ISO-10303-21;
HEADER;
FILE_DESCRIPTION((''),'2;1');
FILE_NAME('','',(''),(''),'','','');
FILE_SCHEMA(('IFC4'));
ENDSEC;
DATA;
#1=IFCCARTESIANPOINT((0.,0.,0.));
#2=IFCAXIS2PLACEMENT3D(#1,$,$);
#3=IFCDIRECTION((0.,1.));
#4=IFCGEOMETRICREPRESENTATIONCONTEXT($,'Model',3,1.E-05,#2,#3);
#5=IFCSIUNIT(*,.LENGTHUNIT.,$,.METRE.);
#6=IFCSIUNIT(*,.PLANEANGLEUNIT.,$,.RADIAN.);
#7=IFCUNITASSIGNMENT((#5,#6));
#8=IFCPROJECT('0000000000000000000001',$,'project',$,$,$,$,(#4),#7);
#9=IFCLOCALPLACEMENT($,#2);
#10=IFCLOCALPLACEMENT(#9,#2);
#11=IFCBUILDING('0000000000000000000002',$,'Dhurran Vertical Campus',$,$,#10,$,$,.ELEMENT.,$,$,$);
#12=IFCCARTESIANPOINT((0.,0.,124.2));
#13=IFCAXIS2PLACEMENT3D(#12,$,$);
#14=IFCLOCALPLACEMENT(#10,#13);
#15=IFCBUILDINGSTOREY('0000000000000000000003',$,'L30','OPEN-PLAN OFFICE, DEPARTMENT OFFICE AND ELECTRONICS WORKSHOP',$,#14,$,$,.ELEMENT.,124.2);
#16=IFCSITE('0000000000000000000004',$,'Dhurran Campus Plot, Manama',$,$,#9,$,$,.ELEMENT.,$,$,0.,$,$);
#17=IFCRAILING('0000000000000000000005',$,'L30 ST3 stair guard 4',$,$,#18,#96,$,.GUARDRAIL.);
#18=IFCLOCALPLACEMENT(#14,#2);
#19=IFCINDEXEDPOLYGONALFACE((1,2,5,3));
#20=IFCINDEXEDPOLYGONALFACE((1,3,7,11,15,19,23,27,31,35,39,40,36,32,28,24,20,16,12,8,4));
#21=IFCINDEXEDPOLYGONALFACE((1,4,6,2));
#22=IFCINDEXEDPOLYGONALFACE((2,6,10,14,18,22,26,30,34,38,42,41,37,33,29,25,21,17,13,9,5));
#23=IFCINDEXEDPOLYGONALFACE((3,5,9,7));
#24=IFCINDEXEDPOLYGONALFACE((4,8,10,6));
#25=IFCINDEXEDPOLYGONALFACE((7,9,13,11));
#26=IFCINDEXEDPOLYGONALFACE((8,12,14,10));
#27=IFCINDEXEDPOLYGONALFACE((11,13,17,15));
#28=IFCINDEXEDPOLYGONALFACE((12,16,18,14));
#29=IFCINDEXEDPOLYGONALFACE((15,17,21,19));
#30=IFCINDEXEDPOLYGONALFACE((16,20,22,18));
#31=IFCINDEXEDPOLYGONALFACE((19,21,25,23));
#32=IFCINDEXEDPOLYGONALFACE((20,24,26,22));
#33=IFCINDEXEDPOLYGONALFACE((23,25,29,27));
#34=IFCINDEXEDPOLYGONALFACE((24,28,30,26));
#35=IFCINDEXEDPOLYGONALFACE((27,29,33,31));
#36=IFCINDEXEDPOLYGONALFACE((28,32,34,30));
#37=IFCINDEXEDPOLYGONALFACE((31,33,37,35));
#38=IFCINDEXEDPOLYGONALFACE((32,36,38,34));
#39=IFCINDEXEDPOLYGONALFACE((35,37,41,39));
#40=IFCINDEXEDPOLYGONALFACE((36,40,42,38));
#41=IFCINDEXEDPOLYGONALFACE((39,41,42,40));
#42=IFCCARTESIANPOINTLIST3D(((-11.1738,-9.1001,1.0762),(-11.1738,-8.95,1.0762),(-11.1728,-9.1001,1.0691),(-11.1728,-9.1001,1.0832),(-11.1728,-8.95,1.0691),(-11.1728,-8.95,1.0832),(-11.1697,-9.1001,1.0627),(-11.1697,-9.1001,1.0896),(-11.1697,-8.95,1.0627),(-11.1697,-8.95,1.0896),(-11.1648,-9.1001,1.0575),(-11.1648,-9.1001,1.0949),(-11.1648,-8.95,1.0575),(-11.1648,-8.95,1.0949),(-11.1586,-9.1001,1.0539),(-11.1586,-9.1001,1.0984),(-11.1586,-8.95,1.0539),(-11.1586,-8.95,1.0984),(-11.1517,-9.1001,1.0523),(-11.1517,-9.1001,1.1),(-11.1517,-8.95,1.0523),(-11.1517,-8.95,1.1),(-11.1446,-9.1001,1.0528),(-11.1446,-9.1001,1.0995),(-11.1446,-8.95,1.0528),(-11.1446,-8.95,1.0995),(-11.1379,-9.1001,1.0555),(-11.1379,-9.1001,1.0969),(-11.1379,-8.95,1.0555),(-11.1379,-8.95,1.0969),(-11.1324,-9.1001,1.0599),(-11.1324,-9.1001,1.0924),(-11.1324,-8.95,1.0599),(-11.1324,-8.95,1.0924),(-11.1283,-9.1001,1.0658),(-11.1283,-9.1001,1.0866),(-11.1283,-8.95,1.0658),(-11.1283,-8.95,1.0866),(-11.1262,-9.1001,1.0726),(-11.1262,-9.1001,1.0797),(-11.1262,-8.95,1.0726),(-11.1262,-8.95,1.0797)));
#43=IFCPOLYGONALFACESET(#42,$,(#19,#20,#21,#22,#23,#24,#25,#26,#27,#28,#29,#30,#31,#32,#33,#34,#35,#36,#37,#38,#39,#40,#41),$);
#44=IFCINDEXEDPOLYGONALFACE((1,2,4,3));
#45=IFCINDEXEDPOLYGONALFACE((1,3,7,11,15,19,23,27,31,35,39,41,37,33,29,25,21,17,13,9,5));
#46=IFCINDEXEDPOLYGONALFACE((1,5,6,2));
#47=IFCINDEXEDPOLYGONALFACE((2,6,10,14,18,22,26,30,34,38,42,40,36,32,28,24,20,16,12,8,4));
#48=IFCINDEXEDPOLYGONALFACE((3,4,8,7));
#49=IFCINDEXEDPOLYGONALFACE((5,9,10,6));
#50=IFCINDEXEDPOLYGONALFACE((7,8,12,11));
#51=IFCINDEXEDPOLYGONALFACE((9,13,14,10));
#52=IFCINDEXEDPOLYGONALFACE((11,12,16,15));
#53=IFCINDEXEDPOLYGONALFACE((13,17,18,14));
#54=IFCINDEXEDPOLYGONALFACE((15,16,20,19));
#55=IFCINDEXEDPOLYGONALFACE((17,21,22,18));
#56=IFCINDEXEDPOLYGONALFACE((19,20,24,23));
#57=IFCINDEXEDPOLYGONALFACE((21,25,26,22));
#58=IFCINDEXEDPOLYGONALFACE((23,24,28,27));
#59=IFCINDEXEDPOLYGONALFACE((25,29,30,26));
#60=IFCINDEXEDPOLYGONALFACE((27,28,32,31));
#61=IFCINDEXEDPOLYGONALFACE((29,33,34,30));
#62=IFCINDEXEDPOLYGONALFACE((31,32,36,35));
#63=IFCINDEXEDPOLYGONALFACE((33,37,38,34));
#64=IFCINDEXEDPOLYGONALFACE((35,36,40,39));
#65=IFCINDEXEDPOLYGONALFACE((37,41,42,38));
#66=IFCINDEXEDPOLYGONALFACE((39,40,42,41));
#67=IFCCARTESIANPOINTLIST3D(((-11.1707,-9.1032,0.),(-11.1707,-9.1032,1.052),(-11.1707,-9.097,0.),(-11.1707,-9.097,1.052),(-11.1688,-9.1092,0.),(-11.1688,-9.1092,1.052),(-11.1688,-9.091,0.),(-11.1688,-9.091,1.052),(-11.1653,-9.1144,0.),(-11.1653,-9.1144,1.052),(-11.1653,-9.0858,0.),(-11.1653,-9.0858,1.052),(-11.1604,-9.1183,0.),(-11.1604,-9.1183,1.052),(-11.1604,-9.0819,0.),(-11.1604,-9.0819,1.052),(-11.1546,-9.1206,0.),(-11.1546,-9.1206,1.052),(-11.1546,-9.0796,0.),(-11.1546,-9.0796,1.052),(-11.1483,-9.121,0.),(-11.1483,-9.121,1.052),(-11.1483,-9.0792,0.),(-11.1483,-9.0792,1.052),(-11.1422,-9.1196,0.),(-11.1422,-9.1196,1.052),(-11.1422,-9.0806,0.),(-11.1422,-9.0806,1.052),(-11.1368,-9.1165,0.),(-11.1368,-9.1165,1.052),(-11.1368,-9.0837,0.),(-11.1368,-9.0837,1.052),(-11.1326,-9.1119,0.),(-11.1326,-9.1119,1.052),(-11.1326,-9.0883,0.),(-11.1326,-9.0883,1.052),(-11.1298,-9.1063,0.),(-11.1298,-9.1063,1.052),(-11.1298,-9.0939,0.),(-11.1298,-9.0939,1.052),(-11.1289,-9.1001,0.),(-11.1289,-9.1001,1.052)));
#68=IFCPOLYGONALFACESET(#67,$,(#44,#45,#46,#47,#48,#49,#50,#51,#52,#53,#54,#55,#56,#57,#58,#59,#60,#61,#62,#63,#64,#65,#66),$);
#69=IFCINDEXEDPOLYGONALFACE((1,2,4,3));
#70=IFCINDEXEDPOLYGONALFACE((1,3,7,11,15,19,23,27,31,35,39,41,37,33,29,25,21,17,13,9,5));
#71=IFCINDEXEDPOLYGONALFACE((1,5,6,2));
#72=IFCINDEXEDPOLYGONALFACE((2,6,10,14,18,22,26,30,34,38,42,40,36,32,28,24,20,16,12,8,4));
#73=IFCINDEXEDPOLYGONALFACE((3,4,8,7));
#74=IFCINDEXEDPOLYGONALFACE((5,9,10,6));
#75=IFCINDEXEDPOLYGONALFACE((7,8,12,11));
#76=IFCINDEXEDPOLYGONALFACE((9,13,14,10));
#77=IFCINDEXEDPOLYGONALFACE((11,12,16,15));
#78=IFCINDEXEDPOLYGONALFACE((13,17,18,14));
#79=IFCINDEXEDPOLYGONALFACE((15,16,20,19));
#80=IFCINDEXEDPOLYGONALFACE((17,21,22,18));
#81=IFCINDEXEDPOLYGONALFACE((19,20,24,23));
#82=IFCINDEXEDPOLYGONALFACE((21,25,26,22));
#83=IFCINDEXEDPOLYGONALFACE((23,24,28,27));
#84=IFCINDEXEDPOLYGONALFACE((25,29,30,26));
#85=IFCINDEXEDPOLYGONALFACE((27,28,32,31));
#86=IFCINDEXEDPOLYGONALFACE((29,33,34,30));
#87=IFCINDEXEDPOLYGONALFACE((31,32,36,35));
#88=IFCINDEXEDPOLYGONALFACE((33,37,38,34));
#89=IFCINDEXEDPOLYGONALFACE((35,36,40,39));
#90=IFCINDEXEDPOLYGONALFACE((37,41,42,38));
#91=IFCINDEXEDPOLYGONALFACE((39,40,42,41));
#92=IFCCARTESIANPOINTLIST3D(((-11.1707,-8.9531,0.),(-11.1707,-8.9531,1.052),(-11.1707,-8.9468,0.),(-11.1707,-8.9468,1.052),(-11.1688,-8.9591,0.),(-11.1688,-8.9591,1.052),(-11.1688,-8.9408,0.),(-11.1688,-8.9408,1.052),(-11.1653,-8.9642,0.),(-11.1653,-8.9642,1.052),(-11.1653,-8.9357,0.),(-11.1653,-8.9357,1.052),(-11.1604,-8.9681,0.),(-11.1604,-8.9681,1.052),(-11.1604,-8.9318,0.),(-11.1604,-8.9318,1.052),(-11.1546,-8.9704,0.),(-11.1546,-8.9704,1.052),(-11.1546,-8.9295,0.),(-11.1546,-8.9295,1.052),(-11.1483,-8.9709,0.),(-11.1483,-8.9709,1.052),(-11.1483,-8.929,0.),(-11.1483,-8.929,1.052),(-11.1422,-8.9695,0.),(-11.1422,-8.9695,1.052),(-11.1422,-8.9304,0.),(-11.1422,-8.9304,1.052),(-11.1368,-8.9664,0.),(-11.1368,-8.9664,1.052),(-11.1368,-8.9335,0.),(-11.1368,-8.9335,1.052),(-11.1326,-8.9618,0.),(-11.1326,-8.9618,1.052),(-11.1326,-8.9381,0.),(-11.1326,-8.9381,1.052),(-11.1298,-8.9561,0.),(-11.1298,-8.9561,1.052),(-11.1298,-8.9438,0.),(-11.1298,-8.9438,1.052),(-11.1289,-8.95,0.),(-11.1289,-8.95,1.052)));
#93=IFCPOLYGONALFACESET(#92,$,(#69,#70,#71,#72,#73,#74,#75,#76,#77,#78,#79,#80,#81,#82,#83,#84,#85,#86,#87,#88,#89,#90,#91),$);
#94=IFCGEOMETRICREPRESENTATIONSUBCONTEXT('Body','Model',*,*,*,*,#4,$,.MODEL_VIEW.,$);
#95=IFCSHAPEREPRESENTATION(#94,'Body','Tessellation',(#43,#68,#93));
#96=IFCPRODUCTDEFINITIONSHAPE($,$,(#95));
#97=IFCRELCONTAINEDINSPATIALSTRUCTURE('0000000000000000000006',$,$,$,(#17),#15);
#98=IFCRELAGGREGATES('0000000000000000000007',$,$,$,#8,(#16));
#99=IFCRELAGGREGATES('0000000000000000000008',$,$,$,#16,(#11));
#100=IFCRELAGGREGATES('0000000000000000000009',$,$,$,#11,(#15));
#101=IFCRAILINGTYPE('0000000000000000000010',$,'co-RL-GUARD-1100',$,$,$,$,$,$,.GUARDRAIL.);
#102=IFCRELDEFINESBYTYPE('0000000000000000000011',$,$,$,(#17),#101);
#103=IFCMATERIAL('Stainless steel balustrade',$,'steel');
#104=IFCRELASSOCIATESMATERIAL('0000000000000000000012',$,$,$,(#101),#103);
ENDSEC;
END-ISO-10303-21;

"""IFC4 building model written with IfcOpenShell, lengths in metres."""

from ifc_helpers import new_model, si_unit, direction, frame, origin, origin_2d, place, context, subcontext, project, spatial, circle, extrude, material, type_object, element, save


model = new_model("IFC4")

# Units and contexts
model_context = context("Model", 3, precision=1e-05, world=origin(), true_north=direction((0.0, 1.0)))
body_context = subcontext(model_context, "Body", "Model", "MODEL_VIEW")
ifc_project = project(units=[si_unit("LENGTHUNIT", "METRE"), si_unit("PLANEANGLEUNIT", "RADIAN")], contexts=[model_context])

# Site, building, storey
site_placement = place(None, origin())
site = spatial("IfcSite", under=ifc_project, at=site_placement, Name="Dhurran Campus Plot, Manama", CompositionType="ELEMENT", RefElevation=0.0)
building_placement = place(site_placement, origin())
building = spatial("IfcBuilding", under=site, at=building_placement, Name="Dhurran Vertical Campus", CompositionType="ELEMENT")
storey_placement = place(building_placement, frame((0.0, 0.0, 124.2)))
storey = spatial("IfcBuildingStorey", under=building, at=storey_placement, Name="L30", Description="OPEN-PLAN OFFICE, DEPARTMENT OFFICE AND ELECTRONICS WORKSHOP", CompositionType="ELEMENT", Elevation=124.2)

# Railing
ifc_material_1 = material(Name="Stainless steel balustrade", Category="steel")
railing_type_1 = type_object("IfcRailingType", Name="co-RL-GUARD-1100", PredefinedType="GUARDRAIL", material=ifc_material_1)
railing_1_placement = place(storey_placement, frame((-11.1499, -9.1001, 0.0)))
element("IfcRailing", 1, at=railing_1_placement, inside=storey, type_object=railing_type_1, Name="L30 ST3 stair guard 4", PredefinedType="GUARDRAIL", context=body_context, shape_type="SweptSolid", body=[
    extrude(circle(Radius=0.0239, at=origin_2d()), frame((0.0, 0.0, 1.0762), z_axis=(0.0, 1.0, 0.0), x_axis=(-1.0, 0.0, 0.0)), (0.0, 0.0, 1.0), 0.1501),
    extrude(circle(Radius=0.021, at=origin_2d()), origin(), (0.0, 0.0, 1.0), 1.052),
    extrude(circle(Radius=0.021, at=origin_2d()), frame((0.0, 0.1501, 0.0)), (0.0, 0.0, 1.0), 1.052),
])

save(model, "model.ifc")
